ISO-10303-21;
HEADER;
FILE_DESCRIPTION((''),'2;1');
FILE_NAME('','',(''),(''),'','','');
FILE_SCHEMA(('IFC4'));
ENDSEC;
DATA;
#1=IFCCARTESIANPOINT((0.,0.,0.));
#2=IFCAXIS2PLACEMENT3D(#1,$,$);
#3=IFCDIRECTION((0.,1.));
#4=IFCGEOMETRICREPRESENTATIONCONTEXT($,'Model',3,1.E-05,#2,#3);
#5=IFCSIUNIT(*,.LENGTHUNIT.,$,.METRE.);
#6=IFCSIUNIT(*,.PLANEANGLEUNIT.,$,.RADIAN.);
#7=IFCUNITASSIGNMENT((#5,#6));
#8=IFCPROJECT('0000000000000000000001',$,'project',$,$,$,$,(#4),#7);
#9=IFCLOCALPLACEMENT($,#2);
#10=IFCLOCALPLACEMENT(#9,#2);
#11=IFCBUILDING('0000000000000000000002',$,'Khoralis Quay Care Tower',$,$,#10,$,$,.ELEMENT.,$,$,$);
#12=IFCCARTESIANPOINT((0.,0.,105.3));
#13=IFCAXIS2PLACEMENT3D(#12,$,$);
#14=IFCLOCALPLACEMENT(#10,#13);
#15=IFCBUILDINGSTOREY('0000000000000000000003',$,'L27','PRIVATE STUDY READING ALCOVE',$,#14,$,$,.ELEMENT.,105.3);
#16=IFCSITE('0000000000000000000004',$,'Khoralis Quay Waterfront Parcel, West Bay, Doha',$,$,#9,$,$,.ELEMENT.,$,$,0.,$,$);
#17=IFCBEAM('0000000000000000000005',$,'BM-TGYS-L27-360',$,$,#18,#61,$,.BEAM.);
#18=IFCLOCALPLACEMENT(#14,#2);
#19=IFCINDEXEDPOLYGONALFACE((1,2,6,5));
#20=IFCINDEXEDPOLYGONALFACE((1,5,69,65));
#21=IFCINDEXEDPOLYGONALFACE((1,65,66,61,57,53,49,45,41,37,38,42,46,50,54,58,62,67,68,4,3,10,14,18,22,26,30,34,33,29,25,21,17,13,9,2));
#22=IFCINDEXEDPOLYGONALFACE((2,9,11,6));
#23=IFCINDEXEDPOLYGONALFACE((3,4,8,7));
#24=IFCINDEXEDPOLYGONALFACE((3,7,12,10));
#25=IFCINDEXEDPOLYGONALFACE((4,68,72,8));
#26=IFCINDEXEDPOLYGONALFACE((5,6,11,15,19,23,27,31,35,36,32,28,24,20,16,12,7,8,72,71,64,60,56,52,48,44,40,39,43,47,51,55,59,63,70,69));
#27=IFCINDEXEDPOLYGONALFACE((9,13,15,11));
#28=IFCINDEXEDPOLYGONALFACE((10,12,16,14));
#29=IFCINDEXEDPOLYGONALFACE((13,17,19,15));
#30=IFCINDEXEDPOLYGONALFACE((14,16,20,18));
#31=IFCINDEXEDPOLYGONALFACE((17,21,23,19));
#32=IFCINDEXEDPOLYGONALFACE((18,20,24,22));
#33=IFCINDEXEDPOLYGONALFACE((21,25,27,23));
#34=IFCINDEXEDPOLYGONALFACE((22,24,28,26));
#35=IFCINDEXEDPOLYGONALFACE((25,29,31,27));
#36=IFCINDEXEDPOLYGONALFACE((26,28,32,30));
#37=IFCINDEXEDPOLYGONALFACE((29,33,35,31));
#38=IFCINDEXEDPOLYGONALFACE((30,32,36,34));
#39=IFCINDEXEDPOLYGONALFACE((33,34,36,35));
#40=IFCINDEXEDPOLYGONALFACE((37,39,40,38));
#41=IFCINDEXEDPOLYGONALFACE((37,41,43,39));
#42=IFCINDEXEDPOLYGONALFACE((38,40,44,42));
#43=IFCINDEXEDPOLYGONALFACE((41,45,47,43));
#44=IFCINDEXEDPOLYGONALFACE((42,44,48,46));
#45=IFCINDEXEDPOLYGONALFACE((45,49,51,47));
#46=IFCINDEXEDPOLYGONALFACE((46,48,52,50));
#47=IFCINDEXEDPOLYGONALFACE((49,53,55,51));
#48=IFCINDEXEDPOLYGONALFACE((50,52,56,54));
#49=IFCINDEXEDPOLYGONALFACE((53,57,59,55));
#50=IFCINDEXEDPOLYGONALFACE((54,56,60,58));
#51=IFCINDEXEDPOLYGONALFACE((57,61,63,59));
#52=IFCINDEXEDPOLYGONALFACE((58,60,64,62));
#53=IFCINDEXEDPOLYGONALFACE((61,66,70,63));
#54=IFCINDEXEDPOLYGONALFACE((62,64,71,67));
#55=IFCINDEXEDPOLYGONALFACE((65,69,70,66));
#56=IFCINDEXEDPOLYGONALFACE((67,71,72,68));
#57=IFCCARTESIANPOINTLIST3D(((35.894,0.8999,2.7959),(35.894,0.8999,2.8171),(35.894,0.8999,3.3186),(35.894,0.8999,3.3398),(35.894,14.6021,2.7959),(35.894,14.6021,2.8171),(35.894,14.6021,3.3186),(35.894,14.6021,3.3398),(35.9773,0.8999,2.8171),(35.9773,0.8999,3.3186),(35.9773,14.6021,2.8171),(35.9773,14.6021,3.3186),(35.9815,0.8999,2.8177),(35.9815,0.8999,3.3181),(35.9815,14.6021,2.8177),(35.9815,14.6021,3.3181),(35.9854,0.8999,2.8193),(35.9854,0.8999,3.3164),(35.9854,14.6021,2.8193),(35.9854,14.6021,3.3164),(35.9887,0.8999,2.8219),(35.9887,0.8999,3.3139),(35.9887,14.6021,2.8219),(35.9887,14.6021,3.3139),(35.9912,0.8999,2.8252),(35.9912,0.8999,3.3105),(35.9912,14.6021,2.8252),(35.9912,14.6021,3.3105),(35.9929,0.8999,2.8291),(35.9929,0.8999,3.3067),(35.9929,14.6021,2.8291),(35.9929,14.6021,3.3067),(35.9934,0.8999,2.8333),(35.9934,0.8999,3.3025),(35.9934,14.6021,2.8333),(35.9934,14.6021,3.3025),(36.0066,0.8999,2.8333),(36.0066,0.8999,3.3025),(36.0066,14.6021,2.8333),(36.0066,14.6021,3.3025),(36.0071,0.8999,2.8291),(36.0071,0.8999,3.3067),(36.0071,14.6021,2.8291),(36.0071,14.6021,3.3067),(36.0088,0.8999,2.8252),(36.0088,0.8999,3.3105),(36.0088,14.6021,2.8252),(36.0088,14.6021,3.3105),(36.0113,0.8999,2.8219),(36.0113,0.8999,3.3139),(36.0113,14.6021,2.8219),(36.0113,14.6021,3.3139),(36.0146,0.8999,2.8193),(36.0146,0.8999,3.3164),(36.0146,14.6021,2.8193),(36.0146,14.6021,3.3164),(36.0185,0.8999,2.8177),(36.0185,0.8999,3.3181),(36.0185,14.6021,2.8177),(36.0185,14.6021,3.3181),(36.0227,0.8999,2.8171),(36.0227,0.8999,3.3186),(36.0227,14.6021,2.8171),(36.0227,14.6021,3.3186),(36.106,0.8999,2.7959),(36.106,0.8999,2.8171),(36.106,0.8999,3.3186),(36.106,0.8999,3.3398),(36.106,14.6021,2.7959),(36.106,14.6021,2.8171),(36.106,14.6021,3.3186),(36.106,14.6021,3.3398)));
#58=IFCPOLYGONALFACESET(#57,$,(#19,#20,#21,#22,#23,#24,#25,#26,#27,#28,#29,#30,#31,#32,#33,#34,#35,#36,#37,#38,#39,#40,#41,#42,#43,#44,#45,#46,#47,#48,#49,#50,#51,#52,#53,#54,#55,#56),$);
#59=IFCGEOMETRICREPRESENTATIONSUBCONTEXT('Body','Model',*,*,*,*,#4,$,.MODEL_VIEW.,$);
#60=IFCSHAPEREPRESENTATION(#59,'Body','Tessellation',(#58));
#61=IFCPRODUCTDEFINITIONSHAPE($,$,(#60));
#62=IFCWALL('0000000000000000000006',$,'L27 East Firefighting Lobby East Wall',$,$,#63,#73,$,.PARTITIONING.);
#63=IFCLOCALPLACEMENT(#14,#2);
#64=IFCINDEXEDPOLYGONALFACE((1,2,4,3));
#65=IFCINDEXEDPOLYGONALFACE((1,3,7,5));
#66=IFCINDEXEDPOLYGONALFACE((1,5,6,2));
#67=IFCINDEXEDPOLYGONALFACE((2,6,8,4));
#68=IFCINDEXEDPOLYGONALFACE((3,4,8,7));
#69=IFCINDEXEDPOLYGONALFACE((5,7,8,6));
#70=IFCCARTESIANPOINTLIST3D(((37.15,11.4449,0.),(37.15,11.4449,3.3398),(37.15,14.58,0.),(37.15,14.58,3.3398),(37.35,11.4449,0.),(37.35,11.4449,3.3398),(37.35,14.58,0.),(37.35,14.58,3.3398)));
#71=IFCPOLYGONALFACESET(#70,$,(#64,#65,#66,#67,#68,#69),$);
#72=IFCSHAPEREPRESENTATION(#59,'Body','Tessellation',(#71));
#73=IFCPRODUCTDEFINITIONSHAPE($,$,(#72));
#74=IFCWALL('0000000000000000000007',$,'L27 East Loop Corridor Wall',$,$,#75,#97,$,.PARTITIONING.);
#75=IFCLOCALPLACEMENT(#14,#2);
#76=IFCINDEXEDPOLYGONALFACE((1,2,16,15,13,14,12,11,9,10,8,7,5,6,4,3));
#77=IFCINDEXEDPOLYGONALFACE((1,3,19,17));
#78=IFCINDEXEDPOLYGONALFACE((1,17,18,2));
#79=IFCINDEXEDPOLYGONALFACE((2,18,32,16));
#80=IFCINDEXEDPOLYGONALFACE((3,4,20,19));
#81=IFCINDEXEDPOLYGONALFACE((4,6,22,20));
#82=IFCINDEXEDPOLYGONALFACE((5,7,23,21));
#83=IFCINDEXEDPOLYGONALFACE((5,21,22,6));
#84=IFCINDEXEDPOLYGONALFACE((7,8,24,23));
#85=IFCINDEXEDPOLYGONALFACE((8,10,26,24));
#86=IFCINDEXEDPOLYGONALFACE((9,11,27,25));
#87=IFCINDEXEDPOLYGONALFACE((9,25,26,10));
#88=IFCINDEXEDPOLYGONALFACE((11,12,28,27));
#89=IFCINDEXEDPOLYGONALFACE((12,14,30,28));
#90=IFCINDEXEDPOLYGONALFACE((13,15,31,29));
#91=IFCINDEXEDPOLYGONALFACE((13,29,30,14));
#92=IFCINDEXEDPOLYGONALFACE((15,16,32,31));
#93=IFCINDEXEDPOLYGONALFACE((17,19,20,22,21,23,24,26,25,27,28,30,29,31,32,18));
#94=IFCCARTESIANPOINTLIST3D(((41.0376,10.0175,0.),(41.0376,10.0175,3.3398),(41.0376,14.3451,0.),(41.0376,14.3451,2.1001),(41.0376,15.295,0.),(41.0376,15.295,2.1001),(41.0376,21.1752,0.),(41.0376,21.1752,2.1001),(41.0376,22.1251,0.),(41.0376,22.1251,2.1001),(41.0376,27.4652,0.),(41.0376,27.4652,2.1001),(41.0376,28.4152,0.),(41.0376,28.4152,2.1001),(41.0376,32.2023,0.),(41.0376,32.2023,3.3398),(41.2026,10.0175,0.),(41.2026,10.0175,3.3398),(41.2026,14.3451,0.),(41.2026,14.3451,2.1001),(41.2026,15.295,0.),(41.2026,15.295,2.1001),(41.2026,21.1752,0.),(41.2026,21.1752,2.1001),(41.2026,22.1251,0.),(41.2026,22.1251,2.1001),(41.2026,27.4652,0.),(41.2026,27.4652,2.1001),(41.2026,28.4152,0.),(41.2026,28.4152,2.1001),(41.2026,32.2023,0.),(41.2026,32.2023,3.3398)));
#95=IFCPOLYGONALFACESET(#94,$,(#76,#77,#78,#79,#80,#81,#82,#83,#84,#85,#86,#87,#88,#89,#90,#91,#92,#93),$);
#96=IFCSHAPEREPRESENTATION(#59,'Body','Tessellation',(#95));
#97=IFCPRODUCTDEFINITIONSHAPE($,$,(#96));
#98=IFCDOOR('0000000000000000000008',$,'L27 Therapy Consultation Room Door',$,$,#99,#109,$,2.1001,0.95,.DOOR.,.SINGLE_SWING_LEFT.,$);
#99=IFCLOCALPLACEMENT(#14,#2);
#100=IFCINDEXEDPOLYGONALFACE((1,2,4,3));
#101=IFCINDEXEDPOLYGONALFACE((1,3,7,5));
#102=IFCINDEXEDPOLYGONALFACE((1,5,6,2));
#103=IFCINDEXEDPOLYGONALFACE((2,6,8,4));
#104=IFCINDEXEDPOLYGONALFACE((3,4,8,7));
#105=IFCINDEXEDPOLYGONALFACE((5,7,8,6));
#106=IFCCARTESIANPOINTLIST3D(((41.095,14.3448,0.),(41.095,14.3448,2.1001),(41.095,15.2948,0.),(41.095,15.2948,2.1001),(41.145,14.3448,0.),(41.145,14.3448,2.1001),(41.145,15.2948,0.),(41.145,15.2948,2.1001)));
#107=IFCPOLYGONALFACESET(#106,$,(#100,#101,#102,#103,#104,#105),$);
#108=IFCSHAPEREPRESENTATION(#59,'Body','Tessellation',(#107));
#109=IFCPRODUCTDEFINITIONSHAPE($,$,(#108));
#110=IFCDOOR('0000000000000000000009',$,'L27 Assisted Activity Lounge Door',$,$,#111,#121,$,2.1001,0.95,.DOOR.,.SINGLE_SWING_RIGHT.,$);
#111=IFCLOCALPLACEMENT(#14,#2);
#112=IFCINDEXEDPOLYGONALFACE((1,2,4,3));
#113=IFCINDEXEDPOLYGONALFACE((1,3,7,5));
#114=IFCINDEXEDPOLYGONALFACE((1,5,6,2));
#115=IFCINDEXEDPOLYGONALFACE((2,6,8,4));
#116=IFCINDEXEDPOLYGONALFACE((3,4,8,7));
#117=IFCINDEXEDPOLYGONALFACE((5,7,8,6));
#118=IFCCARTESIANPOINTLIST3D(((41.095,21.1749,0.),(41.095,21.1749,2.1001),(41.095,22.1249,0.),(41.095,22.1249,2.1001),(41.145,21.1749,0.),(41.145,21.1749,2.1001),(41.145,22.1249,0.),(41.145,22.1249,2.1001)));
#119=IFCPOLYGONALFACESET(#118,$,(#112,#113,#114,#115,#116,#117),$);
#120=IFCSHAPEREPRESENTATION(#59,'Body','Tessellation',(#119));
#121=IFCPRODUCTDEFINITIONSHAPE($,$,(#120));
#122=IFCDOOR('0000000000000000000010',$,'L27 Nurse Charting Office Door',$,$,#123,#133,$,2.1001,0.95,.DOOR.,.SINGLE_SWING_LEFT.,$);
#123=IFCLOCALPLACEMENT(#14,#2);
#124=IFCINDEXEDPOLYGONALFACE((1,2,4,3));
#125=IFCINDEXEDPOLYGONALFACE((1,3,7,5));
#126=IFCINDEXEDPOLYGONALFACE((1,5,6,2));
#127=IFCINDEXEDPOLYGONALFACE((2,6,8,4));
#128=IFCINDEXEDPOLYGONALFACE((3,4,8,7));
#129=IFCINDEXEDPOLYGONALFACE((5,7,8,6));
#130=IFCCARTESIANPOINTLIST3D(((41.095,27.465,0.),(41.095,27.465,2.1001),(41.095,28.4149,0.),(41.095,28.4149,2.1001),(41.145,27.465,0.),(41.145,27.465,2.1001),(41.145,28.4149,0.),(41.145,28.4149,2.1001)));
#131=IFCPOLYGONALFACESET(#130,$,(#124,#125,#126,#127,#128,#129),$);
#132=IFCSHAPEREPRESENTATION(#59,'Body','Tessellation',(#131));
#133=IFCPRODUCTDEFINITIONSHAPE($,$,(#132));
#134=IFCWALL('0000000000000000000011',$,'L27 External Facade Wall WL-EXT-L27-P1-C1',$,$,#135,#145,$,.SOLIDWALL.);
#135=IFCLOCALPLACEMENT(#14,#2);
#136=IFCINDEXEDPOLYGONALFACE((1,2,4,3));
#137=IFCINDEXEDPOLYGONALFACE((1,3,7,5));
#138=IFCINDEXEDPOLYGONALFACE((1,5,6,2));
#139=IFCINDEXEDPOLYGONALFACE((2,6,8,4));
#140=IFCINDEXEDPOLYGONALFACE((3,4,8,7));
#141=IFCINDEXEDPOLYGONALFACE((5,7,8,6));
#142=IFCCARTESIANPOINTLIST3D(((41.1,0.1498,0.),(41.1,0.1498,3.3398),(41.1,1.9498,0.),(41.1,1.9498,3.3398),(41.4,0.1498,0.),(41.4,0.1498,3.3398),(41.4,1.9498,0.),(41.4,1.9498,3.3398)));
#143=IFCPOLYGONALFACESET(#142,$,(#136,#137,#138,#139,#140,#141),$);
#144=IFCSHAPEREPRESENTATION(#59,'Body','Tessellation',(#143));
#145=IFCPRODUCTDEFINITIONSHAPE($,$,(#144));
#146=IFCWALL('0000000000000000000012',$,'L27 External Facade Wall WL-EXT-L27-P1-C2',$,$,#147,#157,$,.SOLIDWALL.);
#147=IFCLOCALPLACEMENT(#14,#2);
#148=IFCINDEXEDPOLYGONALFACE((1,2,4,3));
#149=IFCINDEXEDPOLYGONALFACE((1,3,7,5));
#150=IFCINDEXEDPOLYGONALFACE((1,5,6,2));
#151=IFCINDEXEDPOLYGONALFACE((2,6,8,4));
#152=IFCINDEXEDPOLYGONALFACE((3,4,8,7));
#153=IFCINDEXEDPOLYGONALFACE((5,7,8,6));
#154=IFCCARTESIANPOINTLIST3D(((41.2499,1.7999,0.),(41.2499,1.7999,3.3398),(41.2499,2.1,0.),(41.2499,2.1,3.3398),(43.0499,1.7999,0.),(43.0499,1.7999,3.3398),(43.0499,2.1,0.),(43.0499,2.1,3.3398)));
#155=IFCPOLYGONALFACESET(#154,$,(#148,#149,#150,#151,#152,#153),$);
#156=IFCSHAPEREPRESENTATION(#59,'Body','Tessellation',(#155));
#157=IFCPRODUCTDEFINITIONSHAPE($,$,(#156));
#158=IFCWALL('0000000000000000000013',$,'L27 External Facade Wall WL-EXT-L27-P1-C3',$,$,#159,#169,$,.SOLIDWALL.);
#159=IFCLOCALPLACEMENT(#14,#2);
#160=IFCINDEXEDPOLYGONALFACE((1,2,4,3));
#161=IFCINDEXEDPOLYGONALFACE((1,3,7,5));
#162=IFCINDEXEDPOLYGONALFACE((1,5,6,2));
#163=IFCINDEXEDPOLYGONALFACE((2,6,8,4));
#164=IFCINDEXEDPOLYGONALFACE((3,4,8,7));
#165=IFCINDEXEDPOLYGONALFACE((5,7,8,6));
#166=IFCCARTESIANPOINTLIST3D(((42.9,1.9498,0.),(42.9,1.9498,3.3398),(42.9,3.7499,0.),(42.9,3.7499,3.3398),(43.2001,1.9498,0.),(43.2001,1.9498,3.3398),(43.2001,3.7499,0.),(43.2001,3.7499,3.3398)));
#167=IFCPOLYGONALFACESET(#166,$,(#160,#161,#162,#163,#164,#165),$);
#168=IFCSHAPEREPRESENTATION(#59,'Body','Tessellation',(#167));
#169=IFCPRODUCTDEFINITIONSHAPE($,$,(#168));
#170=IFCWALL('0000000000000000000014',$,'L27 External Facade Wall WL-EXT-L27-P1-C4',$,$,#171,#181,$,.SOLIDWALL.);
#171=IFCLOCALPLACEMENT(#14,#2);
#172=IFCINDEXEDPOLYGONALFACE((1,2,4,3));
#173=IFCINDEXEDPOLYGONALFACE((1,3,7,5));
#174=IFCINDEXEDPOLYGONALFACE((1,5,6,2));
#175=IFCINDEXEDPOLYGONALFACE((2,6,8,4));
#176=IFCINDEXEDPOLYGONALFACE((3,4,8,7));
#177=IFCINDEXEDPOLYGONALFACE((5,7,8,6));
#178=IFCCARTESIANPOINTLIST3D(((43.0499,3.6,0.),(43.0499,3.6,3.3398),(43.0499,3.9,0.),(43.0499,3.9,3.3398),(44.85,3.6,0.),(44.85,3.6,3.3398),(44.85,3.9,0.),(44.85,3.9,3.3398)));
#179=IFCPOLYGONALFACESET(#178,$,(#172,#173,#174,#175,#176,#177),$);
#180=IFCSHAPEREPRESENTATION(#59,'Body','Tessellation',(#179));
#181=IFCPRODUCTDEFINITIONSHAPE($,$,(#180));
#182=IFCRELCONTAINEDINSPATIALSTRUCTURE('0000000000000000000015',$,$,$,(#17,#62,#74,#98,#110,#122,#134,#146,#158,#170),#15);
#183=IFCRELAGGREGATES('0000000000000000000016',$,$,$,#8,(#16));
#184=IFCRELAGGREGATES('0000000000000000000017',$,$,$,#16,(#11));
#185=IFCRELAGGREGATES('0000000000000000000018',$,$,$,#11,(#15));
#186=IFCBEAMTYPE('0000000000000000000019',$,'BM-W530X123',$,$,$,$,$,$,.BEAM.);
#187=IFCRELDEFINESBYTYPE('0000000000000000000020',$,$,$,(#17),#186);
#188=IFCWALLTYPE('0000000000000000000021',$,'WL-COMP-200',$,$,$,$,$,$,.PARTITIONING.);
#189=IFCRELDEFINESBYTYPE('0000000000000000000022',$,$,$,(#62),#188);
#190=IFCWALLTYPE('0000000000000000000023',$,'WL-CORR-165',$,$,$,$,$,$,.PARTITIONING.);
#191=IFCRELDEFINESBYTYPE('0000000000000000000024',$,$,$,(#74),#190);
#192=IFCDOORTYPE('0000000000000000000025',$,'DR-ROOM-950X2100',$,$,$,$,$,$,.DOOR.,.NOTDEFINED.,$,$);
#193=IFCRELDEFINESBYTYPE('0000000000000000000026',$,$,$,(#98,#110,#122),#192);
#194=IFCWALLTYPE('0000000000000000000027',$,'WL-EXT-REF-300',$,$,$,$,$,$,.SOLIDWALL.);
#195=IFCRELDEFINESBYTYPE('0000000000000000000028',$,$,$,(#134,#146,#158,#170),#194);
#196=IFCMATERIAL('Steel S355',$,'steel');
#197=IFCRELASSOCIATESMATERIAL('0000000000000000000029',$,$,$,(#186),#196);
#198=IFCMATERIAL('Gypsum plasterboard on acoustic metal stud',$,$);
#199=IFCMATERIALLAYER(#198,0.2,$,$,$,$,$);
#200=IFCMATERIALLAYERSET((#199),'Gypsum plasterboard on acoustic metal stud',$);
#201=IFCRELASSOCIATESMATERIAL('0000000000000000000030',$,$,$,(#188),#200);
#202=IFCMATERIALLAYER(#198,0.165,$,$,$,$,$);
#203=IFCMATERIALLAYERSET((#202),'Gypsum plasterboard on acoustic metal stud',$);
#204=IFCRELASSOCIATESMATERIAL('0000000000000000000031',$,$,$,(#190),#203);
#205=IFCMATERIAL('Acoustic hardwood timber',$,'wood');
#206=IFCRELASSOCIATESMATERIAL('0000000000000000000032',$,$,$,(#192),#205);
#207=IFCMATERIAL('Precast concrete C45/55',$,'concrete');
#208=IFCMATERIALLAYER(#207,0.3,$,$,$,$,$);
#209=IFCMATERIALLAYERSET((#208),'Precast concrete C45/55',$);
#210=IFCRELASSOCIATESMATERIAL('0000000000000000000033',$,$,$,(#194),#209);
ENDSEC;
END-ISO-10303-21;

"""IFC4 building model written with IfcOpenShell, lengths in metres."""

from ifc_helpers import new_model, si_unit, direction, frame, frame_2d, origin, origin_2d, place, context, subcontext, project, spatial, rectangle, i_section, extrude, source, transform, mapped, material, layer, layer_set, material_profile, profile_set, type_object, element, fill, save


model = new_model("IFC4")

# Units and contexts
model_context = context("Model", 3, precision=1e-05, world=origin(), true_north=direction((0.0, 1.0)))
body_context = subcontext(model_context, "Body", "Model", "MODEL_VIEW")
ifc_project = project(units=[si_unit("LENGTHUNIT", "METRE"), si_unit("PLANEANGLEUNIT", "RADIAN")], contexts=[model_context])

# Site, building, storey
site_placement = place(None, origin())
site = spatial("IfcSite", under=ifc_project, at=site_placement, Name="Khoralis Quay Waterfront Parcel, West Bay, Doha", CompositionType="ELEMENT", RefElevation=0.0)
building_placement = place(site_placement, origin())
building = spatial("IfcBuilding", under=site, at=building_placement, Name="Khoralis Quay Care Tower", CompositionType="ELEMENT")
storey_placement = place(building_placement, frame((0.0, 0.0, 105.3)))
storey = spatial("IfcBuildingStorey", under=building, at=storey_placement, Name="L27", Description="PRIVATE STUDY READING ALCOVE", CompositionType="ELEMENT", Elevation=105.3)

# Beam
ifc_material_1 = material(Name="Steel S355", Category="steel")
ifc_material_profile_1 = material_profile(ifc_material_1, i_section(OverallWidth=0.2119, OverallDepth=0.5439, WebThickness=0.0132, FlangeThickness=0.0212, FilletRadius=0.0161, at=origin_2d()), Name="Steel S355")
ifc_profile_set_1 = profile_set([ifc_material_profile_1], Name="Steel S355")
beam_type_1 = type_object("IfcBeamType", Name="BM-W530X123", PredefinedType="BEAM", material=ifc_profile_set_1)
shared_shape_1 = source(origin(), body_context, "Body", "SweptSolid", [
    extrude(i_section(OverallWidth=0.2119, OverallDepth=0.5439, WebThickness=0.0132, FlangeThickness=0.0212, FilletRadius=0.0161, at=origin_2d()), origin(), (0.0, 0.0, 1.0), 13.7021),
])
beam_1_placement = place(storey_placement, frame((36.0, 0.8999, 3.0679), z_axis=(0.0, 1.0, 0.0), x_axis=(-1.0, 0.0, 0.0)))
element("IfcBeam", 1, at=beam_1_placement, inside=storey, type_object=beam_type_1, Name="BM-TGYS-L27-360", PredefinedType="BEAM", context=body_context, shape_type="MappedRepresentation", body=[
    mapped(shared_shape_1, transform((0.0, 0.0, 0.0), scale=1.0)),
])

# Wall
ifc_material_2 = material(Name="Gypsum plasterboard on acoustic metal stud")
ifc_layer_1 = layer(ifc_material_2, 0.2)
ifc_layer_set_1 = layer_set([ifc_layer_1], Name="Gypsum plasterboard on acoustic metal stud")
wall_type_1 = type_object("IfcWallType", Name="WL-COMP-200", PredefinedType="PARTITIONING", material=ifc_layer_set_1)
wall_1_placement = place(storey_placement, frame((37.25, 11.4451, 0.0), z_axis=(0.0, 0.0, 1.0), x_axis=(0.0, 1.0, 0.0)))
element("IfcWall", 2, at=wall_1_placement, inside=storey, type_object=wall_type_1, Name="L27 East Firefighting Lobby East Wall", PredefinedType="PARTITIONING", context=body_context, shape_type="SweptSolid", body=[
    extrude(rectangle(XDim=3.135, YDim=0.2, at=frame_2d((1.5674, 0.0))), origin(), (0.0, 0.0, 1.0), 3.3398),
])

# Wall, openings, doors
ifc_layer_2 = layer(ifc_material_2, 0.165)
ifc_layer_set_2 = layer_set([ifc_layer_2], Name="Gypsum plasterboard on acoustic metal stud")
wall_type_2 = type_object("IfcWallType", Name="WL-CORR-165", PredefinedType="PARTITIONING", material=ifc_layer_set_2)
wall_2_placement = place(storey_placement, frame((41.1201, 10.0176, 0.0), z_axis=(0.0, 0.0, 1.0), x_axis=(0.0, 1.0, 0.0)))
wall_2 = element("IfcWall", 3, at=wall_2_placement, inside=storey, type_object=wall_type_2, Name="L27 East Loop Corridor Wall", PredefinedType="PARTITIONING", context=body_context, shape_type="SweptSolid", body=[
    extrude(rectangle(XDim=22.1848, YDim=0.165, at=frame_2d((11.0923, 0.0))), origin(), (0.0, 0.0, 1.0), 3.3398),
])
opening_1_placement = place(wall_2_placement, frame((4.3274, 0.0, 0.0)))
opening_1 = element("IfcOpeningElement", 4, at=opening_1_placement, cuts=wall_2, PredefinedType="OPENING", context=body_context, shape_type="SweptSolid", body=[
    extrude(rectangle(XDim=0.95, YDim=2.1001, at=frame_2d((0.4751, 1.05))), frame((0.0, 0.0925, 0.0), z_axis=(0.0, -1.0, 0.0), x_axis=(1.0, 0.0, 0.0)), (0.0, 0.0, 1.0), 0.1851),
])
opening_2_placement = place(wall_2_placement, frame((11.1575, 0.0, 0.0)))
opening_2 = element("IfcOpeningElement", 5, at=opening_2_placement, cuts=wall_2, PredefinedType="OPENING", context=body_context, shape_type="SweptSolid", body=[
    extrude(rectangle(XDim=0.95, YDim=2.1001, at=frame_2d((0.4751, 1.05))), frame((0.0, 0.0925, 0.0), z_axis=(0.0, -1.0, 0.0), x_axis=(1.0, 0.0, 0.0)), (0.0, 0.0, 1.0), 0.1851),
])
opening_3_placement = place(wall_2_placement, frame((17.4475, 0.0, 0.0)))
opening_3 = element("IfcOpeningElement", 6, at=opening_3_placement, cuts=wall_2, PredefinedType="OPENING", context=body_context, shape_type="SweptSolid", body=[
    extrude(rectangle(XDim=0.95, YDim=2.1001, at=frame_2d((0.4751, 1.05))), frame((0.0, 0.0925, 0.0), z_axis=(0.0, -1.0, 0.0), x_axis=(1.0, 0.0, 0.0)), (0.0, 0.0, 1.0), 0.1851),
])
ifc_material_3 = material(Name="Acoustic hardwood timber", Category="wood")
door_type = type_object("IfcDoorType", Name="DR-ROOM-950X2100", OperationType="NOTDEFINED", PredefinedType="DOOR", material=ifc_material_3)
shared_shape_2 = source(origin(), body_context, "Body", "SweptSolid", [
    extrude(rectangle(XDim=0.95, YDim=2.1001, at=frame_2d((0.4751, 1.05))), frame((0.0, 0.0249, 0.0), z_axis=(0.0, -1.0, 0.0), x_axis=(1.0, 0.0, 0.0)), (0.0, 0.0, 1.0), 0.05),
])
door_1_placement = place(opening_1_placement, frame((0.95, 0.0, 0.0), z_axis=(0.0, 0.0, 1.0), x_axis=(-1.0, 0.0, 0.0)))
door_1 = element("IfcDoor", 7, at=door_1_placement, inside=storey, type_object=door_type, Name="L27 Therapy Consultation Room Door", OperationType="SINGLE_SWING_LEFT", OverallHeight=2.1001, OverallWidth=0.95, PredefinedType="DOOR", context=body_context, shape_type="MappedRepresentation", body=[
    mapped(shared_shape_2, transform((0.0, 0.0, 0.0), scale=1.0)),
])
fill(opening_1, door_1)
door_2_placement = place(opening_2_placement, frame((0.95, 0.0, 0.0), z_axis=(0.0, 0.0, 1.0), x_axis=(-1.0, 0.0, 0.0)))
door_2 = element("IfcDoor", 8, at=door_2_placement, inside=storey, type_object=door_type, Name="L27 Assisted Activity Lounge Door", OperationType="SINGLE_SWING_RIGHT", OverallHeight=2.1001, OverallWidth=0.95, PredefinedType="DOOR", context=body_context, shape_type="MappedRepresentation", body=[
    mapped(shared_shape_2, transform((0.0, 0.0, 0.0), scale=1.0)),
])
fill(opening_2, door_2)
door_3_placement = place(opening_3_placement, frame((0.95, 0.0, 0.0), z_axis=(0.0, 0.0, 1.0), x_axis=(-1.0, 0.0, 0.0)))
door_3 = element("IfcDoor", 9, at=door_3_placement, inside=storey, type_object=door_type, Name="L27 Nurse Charting Office Door", OperationType="SINGLE_SWING_LEFT", OverallHeight=2.1001, OverallWidth=0.95, PredefinedType="DOOR", context=body_context, shape_type="MappedRepresentation", body=[
    mapped(shared_shape_2, transform((0.0, 0.0, 0.0), scale=1.0)),
])
fill(opening_3, door_3)

# Walls
ifc_material_4 = material(Name="Precast concrete C45/55", Category="concrete")
ifc_layer_3 = layer(ifc_material_4, 0.3)
ifc_layer_set_3 = layer_set([ifc_layer_3], Name="Precast concrete C45/55")
wall_type_3 = type_object("IfcWallType", Name="WL-EXT-REF-300", PredefinedType="SOLIDWALL", material=ifc_layer_set_3)
for number, where, z_axis, x_axis, name in (
    (10, (41.25, 0.1499, 0.0), (0.0, 0.0, 1.0), (0.0, 1.0, 0.0), "L27 External Facade Wall WL-EXT-L27-P1-C1"),
    (11, (41.25, 1.95, 0.0), (0.0, 0.0, 1.0), (1.0, 0.0, 0.0), "L27 External Facade Wall WL-EXT-L27-P1-C2"),
    (12, (43.05, 1.95, 0.0), (0.0, 0.0, 1.0), (0.0, 1.0, 0.0), "L27 External Facade Wall WL-EXT-L27-P1-C3"),
    (13, (43.05, 3.75, 0.0), (0.0, 0.0, 1.0), (1.0, 0.0, 0.0), "L27 External Facade Wall WL-EXT-L27-P1-C4"),
):
    element("IfcWall", number, at=place(storey_placement, frame(where, z_axis=z_axis, x_axis=x_axis)), inside=storey, type_object=wall_type_3, Name=name, PredefinedType="SOLIDWALL", context=body_context, shape_type="SweptSolid", body=[
        extrude(rectangle(XDim=1.8, YDim=0.3, at=frame_2d((0.8999, 0.0))), origin(), (0.0, 0.0, 1.0), 3.3398),
    ])

save(model, "model.ifc")
